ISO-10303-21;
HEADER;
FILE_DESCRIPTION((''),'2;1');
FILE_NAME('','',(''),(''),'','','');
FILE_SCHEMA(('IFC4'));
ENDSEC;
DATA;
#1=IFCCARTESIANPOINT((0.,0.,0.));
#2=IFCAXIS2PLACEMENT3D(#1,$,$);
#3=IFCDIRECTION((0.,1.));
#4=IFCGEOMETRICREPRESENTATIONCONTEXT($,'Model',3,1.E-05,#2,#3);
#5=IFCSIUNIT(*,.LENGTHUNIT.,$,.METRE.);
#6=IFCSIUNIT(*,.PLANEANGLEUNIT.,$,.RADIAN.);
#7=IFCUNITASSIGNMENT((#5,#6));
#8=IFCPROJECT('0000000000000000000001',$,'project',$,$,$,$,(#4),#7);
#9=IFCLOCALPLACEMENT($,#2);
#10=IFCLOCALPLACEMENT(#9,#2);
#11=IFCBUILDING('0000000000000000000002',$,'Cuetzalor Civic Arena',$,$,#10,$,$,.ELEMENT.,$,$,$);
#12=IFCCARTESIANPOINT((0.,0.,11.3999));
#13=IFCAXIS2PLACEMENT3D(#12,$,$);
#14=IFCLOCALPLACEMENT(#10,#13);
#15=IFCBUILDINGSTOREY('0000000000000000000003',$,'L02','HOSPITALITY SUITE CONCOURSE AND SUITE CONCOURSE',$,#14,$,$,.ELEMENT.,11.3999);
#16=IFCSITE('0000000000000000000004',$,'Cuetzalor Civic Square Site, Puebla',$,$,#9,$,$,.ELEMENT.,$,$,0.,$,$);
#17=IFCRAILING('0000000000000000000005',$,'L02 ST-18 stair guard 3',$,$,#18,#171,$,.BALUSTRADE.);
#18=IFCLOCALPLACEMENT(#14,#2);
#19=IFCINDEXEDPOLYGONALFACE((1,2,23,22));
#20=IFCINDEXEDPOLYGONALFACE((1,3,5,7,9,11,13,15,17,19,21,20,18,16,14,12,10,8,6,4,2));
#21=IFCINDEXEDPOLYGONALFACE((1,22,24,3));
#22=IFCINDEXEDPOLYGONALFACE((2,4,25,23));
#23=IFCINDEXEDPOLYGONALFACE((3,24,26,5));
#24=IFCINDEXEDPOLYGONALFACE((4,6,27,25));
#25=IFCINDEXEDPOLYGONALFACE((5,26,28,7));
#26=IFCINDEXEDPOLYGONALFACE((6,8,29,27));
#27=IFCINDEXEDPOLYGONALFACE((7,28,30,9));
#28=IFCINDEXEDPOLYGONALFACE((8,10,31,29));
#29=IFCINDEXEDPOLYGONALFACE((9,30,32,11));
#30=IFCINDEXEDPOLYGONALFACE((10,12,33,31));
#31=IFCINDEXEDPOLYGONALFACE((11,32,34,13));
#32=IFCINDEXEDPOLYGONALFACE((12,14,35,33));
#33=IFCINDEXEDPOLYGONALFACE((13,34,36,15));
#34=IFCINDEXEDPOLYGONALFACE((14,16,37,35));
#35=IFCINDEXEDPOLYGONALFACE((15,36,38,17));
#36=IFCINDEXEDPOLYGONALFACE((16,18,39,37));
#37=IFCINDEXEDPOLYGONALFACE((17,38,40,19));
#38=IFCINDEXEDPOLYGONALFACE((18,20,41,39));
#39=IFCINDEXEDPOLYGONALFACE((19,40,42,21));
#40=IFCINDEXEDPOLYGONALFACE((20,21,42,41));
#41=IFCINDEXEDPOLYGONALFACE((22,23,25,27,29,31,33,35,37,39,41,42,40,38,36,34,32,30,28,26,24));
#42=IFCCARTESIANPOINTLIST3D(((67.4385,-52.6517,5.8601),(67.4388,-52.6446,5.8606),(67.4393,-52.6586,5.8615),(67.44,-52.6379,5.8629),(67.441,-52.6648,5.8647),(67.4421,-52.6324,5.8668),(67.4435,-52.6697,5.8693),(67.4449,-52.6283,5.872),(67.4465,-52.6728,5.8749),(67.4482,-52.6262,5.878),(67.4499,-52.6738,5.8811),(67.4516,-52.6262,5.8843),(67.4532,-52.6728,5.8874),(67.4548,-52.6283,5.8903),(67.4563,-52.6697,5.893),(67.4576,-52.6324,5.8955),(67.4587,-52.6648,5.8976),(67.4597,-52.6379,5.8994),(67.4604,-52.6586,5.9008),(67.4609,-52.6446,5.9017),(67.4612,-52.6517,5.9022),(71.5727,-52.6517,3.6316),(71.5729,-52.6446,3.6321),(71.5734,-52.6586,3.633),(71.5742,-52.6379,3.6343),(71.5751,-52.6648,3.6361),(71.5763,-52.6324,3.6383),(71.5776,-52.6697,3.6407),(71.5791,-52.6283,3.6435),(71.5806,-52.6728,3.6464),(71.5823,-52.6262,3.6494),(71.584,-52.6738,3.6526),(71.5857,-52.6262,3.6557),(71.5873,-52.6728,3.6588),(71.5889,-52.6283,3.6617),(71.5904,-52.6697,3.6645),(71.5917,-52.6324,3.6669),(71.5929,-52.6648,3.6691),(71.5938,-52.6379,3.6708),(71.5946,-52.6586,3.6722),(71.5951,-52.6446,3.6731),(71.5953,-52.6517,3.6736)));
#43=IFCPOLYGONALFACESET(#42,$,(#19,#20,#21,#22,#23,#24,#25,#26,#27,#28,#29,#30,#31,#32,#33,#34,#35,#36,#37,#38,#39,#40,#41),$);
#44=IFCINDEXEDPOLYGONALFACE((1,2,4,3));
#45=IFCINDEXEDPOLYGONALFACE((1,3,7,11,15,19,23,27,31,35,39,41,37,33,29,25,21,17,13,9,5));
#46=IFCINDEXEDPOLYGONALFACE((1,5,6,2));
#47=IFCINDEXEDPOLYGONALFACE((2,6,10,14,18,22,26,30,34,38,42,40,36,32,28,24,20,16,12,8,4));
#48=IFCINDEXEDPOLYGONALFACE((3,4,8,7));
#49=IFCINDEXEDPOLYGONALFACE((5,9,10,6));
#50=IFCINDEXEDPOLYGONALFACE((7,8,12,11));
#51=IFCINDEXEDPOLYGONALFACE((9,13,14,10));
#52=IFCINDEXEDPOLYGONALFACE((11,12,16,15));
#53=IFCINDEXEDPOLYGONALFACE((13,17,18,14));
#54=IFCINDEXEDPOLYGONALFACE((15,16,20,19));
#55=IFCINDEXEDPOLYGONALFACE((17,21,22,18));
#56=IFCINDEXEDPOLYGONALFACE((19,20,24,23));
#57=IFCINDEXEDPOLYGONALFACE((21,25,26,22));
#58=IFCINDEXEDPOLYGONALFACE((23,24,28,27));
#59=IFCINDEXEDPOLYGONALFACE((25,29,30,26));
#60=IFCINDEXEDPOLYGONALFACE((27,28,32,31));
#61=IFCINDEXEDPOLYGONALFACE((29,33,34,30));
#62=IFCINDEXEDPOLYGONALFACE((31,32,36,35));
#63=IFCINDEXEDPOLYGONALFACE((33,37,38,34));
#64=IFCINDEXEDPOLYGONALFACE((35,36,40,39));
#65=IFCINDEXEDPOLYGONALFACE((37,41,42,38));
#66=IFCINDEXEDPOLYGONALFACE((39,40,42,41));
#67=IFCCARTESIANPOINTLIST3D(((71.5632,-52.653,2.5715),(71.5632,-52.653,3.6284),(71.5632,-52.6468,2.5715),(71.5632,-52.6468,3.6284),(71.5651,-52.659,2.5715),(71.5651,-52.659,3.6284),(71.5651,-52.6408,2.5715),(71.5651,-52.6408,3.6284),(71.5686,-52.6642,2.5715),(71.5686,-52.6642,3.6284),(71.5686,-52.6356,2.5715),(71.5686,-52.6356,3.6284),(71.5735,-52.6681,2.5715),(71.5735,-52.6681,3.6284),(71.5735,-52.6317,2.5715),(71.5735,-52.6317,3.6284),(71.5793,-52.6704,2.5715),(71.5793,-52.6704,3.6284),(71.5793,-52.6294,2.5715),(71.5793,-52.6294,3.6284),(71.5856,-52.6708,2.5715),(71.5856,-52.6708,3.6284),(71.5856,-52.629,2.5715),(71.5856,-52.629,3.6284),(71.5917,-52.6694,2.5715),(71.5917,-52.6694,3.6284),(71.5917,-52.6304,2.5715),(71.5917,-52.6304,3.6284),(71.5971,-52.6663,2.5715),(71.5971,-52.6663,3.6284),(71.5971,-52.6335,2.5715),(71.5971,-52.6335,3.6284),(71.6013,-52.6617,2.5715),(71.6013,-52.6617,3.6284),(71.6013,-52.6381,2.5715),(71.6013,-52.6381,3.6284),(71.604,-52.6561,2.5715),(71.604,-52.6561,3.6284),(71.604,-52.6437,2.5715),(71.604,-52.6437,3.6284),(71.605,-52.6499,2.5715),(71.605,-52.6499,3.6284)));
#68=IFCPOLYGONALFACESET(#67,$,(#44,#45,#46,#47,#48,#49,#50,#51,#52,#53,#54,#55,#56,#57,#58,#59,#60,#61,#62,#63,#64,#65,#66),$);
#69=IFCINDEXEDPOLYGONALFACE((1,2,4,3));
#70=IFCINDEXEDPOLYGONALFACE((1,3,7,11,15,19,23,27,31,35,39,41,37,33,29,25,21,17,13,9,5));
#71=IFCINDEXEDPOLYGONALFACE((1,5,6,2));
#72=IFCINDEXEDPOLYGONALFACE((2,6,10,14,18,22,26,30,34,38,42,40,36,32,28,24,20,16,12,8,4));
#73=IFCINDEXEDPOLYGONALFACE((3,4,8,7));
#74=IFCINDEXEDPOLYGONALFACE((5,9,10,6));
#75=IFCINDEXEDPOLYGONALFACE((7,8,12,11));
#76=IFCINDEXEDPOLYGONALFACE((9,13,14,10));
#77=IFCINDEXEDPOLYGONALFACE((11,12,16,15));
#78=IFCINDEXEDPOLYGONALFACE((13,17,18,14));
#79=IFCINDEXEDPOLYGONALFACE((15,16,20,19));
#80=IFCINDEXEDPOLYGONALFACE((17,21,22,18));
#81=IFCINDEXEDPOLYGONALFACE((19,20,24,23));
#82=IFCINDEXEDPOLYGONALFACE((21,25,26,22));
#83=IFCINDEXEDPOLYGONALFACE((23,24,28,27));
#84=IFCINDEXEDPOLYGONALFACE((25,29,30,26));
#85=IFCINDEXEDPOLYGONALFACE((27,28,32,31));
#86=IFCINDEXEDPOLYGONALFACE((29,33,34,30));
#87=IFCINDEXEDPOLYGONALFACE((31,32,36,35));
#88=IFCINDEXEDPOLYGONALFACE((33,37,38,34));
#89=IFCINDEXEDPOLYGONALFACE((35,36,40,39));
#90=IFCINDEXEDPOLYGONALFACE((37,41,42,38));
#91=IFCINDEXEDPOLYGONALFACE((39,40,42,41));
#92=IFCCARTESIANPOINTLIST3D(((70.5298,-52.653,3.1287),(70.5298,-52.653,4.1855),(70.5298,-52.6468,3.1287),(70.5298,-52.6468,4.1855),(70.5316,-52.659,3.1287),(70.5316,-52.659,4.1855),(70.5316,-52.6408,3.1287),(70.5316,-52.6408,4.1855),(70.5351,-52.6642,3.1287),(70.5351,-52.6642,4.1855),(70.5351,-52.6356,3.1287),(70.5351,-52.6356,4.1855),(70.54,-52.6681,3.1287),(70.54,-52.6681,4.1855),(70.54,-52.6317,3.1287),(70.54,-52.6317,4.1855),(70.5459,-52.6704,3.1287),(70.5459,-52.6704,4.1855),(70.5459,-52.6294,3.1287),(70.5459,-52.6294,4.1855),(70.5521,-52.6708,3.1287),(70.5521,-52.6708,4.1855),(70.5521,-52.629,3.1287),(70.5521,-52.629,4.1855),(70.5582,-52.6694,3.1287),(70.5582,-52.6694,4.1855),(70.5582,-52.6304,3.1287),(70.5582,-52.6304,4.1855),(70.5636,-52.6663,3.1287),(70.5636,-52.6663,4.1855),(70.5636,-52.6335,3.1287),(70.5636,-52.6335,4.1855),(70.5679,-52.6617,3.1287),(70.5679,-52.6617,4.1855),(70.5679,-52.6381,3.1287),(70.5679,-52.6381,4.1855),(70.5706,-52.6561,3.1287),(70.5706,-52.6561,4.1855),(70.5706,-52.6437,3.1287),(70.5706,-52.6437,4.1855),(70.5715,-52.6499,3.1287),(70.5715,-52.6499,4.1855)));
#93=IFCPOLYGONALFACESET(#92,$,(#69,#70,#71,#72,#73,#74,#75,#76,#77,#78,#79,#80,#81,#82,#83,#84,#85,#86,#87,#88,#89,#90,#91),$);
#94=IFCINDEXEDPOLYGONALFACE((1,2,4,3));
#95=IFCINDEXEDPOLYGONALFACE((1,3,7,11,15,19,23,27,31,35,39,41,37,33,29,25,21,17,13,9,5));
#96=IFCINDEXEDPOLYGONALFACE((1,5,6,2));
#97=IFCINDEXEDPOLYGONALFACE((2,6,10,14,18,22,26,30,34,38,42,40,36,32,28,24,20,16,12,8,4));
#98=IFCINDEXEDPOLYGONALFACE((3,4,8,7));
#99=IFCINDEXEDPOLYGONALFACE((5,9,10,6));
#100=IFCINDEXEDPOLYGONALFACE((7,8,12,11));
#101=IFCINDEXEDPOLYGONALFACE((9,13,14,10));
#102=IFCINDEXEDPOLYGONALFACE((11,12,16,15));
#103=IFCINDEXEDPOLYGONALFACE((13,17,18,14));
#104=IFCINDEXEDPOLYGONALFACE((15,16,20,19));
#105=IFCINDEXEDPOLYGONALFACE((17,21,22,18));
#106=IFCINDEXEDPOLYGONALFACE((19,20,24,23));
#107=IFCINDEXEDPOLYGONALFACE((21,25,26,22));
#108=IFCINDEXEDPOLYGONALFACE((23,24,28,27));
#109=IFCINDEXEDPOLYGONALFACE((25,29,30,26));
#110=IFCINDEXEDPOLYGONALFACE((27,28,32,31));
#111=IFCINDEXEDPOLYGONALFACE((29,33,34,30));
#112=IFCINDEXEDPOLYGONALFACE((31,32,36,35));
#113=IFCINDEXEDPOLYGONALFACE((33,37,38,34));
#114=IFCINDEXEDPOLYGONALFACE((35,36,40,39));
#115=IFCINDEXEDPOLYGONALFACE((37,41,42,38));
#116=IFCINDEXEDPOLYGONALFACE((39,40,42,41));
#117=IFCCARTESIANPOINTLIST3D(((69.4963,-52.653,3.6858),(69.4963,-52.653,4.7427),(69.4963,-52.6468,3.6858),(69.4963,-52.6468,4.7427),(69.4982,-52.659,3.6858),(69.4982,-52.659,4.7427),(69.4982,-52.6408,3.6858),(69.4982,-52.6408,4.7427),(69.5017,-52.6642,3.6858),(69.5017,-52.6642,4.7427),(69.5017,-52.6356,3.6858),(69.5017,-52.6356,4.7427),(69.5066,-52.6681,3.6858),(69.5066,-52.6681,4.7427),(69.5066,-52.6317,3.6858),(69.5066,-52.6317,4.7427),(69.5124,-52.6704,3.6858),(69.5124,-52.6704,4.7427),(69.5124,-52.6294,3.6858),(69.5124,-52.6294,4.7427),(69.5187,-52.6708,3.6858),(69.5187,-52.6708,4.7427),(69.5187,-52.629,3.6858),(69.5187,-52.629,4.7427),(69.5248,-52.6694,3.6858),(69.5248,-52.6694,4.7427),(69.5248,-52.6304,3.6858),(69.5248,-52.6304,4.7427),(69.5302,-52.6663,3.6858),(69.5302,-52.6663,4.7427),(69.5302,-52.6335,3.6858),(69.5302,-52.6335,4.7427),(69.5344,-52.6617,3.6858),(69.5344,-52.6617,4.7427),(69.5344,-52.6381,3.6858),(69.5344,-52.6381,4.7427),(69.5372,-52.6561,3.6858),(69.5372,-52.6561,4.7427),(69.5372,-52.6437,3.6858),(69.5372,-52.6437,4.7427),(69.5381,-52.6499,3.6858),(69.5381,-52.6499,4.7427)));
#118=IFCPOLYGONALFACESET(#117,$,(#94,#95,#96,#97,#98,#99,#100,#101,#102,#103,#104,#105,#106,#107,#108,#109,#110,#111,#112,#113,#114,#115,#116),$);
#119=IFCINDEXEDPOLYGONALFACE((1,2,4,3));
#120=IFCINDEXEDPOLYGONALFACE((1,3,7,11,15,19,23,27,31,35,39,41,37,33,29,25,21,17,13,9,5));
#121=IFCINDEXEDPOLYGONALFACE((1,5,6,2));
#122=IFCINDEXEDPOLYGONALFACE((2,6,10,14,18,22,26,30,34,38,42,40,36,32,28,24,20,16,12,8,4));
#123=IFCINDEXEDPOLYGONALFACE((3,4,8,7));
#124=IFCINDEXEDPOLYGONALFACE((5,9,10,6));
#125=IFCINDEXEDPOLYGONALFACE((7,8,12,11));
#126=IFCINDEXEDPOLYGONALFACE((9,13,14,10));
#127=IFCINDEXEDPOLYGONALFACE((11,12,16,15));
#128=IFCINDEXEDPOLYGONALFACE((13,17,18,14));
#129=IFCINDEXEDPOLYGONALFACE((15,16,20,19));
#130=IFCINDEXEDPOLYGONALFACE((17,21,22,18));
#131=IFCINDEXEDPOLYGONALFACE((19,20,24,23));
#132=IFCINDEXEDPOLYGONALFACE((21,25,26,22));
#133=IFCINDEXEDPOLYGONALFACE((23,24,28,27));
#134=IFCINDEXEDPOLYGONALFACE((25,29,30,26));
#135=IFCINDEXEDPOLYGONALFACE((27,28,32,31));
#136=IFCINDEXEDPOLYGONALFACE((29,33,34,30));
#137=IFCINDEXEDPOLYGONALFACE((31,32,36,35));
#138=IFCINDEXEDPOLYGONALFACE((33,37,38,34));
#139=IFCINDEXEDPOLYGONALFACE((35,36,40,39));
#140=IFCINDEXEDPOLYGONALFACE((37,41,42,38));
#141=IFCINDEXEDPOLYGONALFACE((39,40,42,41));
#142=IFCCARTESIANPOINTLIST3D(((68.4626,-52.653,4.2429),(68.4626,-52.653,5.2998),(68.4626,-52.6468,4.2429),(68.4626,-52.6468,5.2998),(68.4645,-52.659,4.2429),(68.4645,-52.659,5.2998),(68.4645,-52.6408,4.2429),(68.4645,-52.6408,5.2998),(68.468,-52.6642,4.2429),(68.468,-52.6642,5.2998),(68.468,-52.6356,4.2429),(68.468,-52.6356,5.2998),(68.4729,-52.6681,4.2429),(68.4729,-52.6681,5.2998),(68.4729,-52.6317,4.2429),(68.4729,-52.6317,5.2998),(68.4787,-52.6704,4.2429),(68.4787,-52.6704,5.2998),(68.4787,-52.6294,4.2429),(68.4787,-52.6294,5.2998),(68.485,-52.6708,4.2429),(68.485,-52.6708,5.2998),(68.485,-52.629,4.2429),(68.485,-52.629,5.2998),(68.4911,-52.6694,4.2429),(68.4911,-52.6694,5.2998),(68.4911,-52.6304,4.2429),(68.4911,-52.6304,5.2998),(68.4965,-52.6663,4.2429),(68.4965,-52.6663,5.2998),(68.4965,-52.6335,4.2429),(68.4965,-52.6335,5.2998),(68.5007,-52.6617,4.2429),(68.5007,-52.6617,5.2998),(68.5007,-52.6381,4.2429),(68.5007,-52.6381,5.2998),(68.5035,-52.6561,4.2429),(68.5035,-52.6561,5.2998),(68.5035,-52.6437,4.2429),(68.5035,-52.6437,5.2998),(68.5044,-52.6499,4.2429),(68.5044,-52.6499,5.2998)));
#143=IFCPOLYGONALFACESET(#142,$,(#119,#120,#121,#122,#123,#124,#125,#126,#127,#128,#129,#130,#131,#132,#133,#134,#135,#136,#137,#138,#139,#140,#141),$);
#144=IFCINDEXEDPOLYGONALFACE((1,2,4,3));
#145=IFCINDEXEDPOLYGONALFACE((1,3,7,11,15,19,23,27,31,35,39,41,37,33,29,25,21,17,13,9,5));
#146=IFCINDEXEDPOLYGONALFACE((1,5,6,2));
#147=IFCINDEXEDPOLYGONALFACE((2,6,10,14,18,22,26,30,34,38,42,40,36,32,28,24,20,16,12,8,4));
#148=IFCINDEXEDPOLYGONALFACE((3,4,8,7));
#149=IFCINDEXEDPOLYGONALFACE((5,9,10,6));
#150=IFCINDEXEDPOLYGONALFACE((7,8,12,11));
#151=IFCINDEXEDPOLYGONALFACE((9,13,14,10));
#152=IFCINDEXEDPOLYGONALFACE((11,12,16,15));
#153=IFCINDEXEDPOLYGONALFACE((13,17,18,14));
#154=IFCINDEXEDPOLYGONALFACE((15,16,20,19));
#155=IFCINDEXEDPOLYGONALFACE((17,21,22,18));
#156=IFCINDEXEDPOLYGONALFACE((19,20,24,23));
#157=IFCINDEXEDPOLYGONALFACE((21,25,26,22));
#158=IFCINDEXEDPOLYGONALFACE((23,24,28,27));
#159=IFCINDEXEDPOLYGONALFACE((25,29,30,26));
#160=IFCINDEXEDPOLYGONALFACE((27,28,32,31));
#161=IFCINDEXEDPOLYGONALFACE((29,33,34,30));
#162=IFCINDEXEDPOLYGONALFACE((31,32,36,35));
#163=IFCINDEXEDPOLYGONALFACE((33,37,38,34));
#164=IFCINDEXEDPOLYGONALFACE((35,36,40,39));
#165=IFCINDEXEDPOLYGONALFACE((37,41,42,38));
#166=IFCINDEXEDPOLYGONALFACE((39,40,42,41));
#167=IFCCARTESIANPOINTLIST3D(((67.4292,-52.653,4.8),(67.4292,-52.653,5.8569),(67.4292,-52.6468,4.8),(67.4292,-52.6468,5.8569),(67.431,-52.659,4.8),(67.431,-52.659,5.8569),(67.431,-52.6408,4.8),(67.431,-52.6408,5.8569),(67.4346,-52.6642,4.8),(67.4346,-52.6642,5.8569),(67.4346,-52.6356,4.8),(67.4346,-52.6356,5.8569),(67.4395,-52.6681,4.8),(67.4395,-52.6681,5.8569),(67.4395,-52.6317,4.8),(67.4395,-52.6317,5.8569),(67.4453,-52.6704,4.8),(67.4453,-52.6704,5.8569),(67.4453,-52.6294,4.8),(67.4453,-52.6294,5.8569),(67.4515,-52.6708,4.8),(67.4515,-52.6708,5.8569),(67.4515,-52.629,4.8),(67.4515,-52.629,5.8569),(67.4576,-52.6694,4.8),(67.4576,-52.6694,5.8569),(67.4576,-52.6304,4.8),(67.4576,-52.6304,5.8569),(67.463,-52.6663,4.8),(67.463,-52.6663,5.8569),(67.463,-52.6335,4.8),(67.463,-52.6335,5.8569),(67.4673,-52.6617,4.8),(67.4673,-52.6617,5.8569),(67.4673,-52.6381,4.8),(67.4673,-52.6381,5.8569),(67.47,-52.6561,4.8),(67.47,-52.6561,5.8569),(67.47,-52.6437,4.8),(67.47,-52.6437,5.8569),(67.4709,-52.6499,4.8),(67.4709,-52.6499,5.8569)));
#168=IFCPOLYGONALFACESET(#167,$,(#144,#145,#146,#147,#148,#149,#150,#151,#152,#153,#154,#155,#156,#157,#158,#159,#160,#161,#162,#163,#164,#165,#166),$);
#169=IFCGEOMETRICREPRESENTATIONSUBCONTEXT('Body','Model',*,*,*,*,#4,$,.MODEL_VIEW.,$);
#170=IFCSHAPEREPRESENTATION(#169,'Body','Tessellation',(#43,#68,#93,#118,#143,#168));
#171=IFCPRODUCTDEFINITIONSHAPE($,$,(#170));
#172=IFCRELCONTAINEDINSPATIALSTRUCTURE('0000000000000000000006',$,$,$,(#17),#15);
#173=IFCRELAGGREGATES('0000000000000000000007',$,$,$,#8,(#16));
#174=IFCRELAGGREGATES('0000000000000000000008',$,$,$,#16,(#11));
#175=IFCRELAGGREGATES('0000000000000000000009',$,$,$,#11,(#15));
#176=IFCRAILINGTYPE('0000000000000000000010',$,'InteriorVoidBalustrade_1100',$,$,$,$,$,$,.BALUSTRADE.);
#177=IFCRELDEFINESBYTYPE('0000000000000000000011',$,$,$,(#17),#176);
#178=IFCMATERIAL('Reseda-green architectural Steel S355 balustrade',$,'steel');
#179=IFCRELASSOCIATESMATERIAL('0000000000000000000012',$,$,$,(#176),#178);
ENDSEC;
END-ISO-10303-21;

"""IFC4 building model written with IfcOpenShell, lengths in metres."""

from ifc_helpers import new_model, si_unit, direction, frame, origin, origin_2d, place, context, subcontext, project, spatial, circle, extrude, material, type_object, element, save


model = new_model("IFC4")

# Units and contexts
model_context = context("Model", 3, precision=1e-05, world=origin(), true_north=direction((0.0, 1.0)))
body_context = subcontext(model_context, "Body", "Model", "MODEL_VIEW")
ifc_project = project(units=[si_unit("LENGTHUNIT", "METRE"), si_unit("PLANEANGLEUNIT", "RADIAN")], contexts=[model_context])

# Site, building, storey
site_placement = place(None, origin())
site = spatial("IfcSite", under=ifc_project, at=site_placement, Name="Cuetzalor Civic Square Site, Puebla", CompositionType="ELEMENT", RefElevation=0.0)
building_placement = place(site_placement, origin())
building = spatial("IfcBuilding", under=site, at=building_placement, Name="Cuetzalor Civic Arena", CompositionType="ELEMENT")
storey_placement = place(building_placement, frame((0.0, 0.0, 11.3999)))
storey = spatial("IfcBuildingStorey", under=building, at=storey_placement, Name="L02", Description="HOSPITALITY SUITE CONCOURSE AND SUITE CONCOURSE", CompositionType="ELEMENT", Elevation=11.3999)

# Railing
ifc_material_1 = material(Name="Reseda-green architectural Steel S355 balustrade", Category="steel")
railing_type_1 = type_object("IfcRailingType", Name="InteriorVoidBalustrade_1100", PredefinedType="BALUSTRADE", material=ifc_material_1)
railing_1_placement = place(storey_placement, frame((71.584, -52.6499, 2.5715)))
element("IfcRailing", 1, at=railing_1_placement, inside=storey, type_object=railing_type_1, Name="L02 ST-18 stair guard 3", PredefinedType="BALUSTRADE", context=body_context, shape_type="SweptSolid", body=[
    extrude(circle(Radius=0.0239, at=origin_2d()), frame((0.0, 0.0, 1.0811), z_axis=(-0.880249, 0.0, 0.474512), x_axis=(0.0, -1.0, 0.0)), (0.0, 0.0, 1.0), 4.6965),
    extrude(circle(Radius=0.021, at=origin_2d()), origin(), (0.0, 0.0, 1.0), 1.0569),
    extrude(circle(Radius=0.021, at=origin_2d()), frame((-1.0334, 0.0, 0.5571)), (0.0, 0.0, 1.0), 1.0569),
    extrude(circle(Radius=0.021, at=origin_2d()), frame((-2.0669, 0.0, 1.1143)), (0.0, 0.0, 1.0), 1.0569),
    extrude(circle(Radius=0.021, at=origin_2d()), frame((-3.1006, 0.0, 1.6714)), (0.0, 0.0, 1.0), 1.0569),
    extrude(circle(Radius=0.021, at=origin_2d()), frame((-4.134, 0.0, 2.2285)), (0.0, 0.0, 1.0), 1.0569),
])

save(model, "model.ifc")
